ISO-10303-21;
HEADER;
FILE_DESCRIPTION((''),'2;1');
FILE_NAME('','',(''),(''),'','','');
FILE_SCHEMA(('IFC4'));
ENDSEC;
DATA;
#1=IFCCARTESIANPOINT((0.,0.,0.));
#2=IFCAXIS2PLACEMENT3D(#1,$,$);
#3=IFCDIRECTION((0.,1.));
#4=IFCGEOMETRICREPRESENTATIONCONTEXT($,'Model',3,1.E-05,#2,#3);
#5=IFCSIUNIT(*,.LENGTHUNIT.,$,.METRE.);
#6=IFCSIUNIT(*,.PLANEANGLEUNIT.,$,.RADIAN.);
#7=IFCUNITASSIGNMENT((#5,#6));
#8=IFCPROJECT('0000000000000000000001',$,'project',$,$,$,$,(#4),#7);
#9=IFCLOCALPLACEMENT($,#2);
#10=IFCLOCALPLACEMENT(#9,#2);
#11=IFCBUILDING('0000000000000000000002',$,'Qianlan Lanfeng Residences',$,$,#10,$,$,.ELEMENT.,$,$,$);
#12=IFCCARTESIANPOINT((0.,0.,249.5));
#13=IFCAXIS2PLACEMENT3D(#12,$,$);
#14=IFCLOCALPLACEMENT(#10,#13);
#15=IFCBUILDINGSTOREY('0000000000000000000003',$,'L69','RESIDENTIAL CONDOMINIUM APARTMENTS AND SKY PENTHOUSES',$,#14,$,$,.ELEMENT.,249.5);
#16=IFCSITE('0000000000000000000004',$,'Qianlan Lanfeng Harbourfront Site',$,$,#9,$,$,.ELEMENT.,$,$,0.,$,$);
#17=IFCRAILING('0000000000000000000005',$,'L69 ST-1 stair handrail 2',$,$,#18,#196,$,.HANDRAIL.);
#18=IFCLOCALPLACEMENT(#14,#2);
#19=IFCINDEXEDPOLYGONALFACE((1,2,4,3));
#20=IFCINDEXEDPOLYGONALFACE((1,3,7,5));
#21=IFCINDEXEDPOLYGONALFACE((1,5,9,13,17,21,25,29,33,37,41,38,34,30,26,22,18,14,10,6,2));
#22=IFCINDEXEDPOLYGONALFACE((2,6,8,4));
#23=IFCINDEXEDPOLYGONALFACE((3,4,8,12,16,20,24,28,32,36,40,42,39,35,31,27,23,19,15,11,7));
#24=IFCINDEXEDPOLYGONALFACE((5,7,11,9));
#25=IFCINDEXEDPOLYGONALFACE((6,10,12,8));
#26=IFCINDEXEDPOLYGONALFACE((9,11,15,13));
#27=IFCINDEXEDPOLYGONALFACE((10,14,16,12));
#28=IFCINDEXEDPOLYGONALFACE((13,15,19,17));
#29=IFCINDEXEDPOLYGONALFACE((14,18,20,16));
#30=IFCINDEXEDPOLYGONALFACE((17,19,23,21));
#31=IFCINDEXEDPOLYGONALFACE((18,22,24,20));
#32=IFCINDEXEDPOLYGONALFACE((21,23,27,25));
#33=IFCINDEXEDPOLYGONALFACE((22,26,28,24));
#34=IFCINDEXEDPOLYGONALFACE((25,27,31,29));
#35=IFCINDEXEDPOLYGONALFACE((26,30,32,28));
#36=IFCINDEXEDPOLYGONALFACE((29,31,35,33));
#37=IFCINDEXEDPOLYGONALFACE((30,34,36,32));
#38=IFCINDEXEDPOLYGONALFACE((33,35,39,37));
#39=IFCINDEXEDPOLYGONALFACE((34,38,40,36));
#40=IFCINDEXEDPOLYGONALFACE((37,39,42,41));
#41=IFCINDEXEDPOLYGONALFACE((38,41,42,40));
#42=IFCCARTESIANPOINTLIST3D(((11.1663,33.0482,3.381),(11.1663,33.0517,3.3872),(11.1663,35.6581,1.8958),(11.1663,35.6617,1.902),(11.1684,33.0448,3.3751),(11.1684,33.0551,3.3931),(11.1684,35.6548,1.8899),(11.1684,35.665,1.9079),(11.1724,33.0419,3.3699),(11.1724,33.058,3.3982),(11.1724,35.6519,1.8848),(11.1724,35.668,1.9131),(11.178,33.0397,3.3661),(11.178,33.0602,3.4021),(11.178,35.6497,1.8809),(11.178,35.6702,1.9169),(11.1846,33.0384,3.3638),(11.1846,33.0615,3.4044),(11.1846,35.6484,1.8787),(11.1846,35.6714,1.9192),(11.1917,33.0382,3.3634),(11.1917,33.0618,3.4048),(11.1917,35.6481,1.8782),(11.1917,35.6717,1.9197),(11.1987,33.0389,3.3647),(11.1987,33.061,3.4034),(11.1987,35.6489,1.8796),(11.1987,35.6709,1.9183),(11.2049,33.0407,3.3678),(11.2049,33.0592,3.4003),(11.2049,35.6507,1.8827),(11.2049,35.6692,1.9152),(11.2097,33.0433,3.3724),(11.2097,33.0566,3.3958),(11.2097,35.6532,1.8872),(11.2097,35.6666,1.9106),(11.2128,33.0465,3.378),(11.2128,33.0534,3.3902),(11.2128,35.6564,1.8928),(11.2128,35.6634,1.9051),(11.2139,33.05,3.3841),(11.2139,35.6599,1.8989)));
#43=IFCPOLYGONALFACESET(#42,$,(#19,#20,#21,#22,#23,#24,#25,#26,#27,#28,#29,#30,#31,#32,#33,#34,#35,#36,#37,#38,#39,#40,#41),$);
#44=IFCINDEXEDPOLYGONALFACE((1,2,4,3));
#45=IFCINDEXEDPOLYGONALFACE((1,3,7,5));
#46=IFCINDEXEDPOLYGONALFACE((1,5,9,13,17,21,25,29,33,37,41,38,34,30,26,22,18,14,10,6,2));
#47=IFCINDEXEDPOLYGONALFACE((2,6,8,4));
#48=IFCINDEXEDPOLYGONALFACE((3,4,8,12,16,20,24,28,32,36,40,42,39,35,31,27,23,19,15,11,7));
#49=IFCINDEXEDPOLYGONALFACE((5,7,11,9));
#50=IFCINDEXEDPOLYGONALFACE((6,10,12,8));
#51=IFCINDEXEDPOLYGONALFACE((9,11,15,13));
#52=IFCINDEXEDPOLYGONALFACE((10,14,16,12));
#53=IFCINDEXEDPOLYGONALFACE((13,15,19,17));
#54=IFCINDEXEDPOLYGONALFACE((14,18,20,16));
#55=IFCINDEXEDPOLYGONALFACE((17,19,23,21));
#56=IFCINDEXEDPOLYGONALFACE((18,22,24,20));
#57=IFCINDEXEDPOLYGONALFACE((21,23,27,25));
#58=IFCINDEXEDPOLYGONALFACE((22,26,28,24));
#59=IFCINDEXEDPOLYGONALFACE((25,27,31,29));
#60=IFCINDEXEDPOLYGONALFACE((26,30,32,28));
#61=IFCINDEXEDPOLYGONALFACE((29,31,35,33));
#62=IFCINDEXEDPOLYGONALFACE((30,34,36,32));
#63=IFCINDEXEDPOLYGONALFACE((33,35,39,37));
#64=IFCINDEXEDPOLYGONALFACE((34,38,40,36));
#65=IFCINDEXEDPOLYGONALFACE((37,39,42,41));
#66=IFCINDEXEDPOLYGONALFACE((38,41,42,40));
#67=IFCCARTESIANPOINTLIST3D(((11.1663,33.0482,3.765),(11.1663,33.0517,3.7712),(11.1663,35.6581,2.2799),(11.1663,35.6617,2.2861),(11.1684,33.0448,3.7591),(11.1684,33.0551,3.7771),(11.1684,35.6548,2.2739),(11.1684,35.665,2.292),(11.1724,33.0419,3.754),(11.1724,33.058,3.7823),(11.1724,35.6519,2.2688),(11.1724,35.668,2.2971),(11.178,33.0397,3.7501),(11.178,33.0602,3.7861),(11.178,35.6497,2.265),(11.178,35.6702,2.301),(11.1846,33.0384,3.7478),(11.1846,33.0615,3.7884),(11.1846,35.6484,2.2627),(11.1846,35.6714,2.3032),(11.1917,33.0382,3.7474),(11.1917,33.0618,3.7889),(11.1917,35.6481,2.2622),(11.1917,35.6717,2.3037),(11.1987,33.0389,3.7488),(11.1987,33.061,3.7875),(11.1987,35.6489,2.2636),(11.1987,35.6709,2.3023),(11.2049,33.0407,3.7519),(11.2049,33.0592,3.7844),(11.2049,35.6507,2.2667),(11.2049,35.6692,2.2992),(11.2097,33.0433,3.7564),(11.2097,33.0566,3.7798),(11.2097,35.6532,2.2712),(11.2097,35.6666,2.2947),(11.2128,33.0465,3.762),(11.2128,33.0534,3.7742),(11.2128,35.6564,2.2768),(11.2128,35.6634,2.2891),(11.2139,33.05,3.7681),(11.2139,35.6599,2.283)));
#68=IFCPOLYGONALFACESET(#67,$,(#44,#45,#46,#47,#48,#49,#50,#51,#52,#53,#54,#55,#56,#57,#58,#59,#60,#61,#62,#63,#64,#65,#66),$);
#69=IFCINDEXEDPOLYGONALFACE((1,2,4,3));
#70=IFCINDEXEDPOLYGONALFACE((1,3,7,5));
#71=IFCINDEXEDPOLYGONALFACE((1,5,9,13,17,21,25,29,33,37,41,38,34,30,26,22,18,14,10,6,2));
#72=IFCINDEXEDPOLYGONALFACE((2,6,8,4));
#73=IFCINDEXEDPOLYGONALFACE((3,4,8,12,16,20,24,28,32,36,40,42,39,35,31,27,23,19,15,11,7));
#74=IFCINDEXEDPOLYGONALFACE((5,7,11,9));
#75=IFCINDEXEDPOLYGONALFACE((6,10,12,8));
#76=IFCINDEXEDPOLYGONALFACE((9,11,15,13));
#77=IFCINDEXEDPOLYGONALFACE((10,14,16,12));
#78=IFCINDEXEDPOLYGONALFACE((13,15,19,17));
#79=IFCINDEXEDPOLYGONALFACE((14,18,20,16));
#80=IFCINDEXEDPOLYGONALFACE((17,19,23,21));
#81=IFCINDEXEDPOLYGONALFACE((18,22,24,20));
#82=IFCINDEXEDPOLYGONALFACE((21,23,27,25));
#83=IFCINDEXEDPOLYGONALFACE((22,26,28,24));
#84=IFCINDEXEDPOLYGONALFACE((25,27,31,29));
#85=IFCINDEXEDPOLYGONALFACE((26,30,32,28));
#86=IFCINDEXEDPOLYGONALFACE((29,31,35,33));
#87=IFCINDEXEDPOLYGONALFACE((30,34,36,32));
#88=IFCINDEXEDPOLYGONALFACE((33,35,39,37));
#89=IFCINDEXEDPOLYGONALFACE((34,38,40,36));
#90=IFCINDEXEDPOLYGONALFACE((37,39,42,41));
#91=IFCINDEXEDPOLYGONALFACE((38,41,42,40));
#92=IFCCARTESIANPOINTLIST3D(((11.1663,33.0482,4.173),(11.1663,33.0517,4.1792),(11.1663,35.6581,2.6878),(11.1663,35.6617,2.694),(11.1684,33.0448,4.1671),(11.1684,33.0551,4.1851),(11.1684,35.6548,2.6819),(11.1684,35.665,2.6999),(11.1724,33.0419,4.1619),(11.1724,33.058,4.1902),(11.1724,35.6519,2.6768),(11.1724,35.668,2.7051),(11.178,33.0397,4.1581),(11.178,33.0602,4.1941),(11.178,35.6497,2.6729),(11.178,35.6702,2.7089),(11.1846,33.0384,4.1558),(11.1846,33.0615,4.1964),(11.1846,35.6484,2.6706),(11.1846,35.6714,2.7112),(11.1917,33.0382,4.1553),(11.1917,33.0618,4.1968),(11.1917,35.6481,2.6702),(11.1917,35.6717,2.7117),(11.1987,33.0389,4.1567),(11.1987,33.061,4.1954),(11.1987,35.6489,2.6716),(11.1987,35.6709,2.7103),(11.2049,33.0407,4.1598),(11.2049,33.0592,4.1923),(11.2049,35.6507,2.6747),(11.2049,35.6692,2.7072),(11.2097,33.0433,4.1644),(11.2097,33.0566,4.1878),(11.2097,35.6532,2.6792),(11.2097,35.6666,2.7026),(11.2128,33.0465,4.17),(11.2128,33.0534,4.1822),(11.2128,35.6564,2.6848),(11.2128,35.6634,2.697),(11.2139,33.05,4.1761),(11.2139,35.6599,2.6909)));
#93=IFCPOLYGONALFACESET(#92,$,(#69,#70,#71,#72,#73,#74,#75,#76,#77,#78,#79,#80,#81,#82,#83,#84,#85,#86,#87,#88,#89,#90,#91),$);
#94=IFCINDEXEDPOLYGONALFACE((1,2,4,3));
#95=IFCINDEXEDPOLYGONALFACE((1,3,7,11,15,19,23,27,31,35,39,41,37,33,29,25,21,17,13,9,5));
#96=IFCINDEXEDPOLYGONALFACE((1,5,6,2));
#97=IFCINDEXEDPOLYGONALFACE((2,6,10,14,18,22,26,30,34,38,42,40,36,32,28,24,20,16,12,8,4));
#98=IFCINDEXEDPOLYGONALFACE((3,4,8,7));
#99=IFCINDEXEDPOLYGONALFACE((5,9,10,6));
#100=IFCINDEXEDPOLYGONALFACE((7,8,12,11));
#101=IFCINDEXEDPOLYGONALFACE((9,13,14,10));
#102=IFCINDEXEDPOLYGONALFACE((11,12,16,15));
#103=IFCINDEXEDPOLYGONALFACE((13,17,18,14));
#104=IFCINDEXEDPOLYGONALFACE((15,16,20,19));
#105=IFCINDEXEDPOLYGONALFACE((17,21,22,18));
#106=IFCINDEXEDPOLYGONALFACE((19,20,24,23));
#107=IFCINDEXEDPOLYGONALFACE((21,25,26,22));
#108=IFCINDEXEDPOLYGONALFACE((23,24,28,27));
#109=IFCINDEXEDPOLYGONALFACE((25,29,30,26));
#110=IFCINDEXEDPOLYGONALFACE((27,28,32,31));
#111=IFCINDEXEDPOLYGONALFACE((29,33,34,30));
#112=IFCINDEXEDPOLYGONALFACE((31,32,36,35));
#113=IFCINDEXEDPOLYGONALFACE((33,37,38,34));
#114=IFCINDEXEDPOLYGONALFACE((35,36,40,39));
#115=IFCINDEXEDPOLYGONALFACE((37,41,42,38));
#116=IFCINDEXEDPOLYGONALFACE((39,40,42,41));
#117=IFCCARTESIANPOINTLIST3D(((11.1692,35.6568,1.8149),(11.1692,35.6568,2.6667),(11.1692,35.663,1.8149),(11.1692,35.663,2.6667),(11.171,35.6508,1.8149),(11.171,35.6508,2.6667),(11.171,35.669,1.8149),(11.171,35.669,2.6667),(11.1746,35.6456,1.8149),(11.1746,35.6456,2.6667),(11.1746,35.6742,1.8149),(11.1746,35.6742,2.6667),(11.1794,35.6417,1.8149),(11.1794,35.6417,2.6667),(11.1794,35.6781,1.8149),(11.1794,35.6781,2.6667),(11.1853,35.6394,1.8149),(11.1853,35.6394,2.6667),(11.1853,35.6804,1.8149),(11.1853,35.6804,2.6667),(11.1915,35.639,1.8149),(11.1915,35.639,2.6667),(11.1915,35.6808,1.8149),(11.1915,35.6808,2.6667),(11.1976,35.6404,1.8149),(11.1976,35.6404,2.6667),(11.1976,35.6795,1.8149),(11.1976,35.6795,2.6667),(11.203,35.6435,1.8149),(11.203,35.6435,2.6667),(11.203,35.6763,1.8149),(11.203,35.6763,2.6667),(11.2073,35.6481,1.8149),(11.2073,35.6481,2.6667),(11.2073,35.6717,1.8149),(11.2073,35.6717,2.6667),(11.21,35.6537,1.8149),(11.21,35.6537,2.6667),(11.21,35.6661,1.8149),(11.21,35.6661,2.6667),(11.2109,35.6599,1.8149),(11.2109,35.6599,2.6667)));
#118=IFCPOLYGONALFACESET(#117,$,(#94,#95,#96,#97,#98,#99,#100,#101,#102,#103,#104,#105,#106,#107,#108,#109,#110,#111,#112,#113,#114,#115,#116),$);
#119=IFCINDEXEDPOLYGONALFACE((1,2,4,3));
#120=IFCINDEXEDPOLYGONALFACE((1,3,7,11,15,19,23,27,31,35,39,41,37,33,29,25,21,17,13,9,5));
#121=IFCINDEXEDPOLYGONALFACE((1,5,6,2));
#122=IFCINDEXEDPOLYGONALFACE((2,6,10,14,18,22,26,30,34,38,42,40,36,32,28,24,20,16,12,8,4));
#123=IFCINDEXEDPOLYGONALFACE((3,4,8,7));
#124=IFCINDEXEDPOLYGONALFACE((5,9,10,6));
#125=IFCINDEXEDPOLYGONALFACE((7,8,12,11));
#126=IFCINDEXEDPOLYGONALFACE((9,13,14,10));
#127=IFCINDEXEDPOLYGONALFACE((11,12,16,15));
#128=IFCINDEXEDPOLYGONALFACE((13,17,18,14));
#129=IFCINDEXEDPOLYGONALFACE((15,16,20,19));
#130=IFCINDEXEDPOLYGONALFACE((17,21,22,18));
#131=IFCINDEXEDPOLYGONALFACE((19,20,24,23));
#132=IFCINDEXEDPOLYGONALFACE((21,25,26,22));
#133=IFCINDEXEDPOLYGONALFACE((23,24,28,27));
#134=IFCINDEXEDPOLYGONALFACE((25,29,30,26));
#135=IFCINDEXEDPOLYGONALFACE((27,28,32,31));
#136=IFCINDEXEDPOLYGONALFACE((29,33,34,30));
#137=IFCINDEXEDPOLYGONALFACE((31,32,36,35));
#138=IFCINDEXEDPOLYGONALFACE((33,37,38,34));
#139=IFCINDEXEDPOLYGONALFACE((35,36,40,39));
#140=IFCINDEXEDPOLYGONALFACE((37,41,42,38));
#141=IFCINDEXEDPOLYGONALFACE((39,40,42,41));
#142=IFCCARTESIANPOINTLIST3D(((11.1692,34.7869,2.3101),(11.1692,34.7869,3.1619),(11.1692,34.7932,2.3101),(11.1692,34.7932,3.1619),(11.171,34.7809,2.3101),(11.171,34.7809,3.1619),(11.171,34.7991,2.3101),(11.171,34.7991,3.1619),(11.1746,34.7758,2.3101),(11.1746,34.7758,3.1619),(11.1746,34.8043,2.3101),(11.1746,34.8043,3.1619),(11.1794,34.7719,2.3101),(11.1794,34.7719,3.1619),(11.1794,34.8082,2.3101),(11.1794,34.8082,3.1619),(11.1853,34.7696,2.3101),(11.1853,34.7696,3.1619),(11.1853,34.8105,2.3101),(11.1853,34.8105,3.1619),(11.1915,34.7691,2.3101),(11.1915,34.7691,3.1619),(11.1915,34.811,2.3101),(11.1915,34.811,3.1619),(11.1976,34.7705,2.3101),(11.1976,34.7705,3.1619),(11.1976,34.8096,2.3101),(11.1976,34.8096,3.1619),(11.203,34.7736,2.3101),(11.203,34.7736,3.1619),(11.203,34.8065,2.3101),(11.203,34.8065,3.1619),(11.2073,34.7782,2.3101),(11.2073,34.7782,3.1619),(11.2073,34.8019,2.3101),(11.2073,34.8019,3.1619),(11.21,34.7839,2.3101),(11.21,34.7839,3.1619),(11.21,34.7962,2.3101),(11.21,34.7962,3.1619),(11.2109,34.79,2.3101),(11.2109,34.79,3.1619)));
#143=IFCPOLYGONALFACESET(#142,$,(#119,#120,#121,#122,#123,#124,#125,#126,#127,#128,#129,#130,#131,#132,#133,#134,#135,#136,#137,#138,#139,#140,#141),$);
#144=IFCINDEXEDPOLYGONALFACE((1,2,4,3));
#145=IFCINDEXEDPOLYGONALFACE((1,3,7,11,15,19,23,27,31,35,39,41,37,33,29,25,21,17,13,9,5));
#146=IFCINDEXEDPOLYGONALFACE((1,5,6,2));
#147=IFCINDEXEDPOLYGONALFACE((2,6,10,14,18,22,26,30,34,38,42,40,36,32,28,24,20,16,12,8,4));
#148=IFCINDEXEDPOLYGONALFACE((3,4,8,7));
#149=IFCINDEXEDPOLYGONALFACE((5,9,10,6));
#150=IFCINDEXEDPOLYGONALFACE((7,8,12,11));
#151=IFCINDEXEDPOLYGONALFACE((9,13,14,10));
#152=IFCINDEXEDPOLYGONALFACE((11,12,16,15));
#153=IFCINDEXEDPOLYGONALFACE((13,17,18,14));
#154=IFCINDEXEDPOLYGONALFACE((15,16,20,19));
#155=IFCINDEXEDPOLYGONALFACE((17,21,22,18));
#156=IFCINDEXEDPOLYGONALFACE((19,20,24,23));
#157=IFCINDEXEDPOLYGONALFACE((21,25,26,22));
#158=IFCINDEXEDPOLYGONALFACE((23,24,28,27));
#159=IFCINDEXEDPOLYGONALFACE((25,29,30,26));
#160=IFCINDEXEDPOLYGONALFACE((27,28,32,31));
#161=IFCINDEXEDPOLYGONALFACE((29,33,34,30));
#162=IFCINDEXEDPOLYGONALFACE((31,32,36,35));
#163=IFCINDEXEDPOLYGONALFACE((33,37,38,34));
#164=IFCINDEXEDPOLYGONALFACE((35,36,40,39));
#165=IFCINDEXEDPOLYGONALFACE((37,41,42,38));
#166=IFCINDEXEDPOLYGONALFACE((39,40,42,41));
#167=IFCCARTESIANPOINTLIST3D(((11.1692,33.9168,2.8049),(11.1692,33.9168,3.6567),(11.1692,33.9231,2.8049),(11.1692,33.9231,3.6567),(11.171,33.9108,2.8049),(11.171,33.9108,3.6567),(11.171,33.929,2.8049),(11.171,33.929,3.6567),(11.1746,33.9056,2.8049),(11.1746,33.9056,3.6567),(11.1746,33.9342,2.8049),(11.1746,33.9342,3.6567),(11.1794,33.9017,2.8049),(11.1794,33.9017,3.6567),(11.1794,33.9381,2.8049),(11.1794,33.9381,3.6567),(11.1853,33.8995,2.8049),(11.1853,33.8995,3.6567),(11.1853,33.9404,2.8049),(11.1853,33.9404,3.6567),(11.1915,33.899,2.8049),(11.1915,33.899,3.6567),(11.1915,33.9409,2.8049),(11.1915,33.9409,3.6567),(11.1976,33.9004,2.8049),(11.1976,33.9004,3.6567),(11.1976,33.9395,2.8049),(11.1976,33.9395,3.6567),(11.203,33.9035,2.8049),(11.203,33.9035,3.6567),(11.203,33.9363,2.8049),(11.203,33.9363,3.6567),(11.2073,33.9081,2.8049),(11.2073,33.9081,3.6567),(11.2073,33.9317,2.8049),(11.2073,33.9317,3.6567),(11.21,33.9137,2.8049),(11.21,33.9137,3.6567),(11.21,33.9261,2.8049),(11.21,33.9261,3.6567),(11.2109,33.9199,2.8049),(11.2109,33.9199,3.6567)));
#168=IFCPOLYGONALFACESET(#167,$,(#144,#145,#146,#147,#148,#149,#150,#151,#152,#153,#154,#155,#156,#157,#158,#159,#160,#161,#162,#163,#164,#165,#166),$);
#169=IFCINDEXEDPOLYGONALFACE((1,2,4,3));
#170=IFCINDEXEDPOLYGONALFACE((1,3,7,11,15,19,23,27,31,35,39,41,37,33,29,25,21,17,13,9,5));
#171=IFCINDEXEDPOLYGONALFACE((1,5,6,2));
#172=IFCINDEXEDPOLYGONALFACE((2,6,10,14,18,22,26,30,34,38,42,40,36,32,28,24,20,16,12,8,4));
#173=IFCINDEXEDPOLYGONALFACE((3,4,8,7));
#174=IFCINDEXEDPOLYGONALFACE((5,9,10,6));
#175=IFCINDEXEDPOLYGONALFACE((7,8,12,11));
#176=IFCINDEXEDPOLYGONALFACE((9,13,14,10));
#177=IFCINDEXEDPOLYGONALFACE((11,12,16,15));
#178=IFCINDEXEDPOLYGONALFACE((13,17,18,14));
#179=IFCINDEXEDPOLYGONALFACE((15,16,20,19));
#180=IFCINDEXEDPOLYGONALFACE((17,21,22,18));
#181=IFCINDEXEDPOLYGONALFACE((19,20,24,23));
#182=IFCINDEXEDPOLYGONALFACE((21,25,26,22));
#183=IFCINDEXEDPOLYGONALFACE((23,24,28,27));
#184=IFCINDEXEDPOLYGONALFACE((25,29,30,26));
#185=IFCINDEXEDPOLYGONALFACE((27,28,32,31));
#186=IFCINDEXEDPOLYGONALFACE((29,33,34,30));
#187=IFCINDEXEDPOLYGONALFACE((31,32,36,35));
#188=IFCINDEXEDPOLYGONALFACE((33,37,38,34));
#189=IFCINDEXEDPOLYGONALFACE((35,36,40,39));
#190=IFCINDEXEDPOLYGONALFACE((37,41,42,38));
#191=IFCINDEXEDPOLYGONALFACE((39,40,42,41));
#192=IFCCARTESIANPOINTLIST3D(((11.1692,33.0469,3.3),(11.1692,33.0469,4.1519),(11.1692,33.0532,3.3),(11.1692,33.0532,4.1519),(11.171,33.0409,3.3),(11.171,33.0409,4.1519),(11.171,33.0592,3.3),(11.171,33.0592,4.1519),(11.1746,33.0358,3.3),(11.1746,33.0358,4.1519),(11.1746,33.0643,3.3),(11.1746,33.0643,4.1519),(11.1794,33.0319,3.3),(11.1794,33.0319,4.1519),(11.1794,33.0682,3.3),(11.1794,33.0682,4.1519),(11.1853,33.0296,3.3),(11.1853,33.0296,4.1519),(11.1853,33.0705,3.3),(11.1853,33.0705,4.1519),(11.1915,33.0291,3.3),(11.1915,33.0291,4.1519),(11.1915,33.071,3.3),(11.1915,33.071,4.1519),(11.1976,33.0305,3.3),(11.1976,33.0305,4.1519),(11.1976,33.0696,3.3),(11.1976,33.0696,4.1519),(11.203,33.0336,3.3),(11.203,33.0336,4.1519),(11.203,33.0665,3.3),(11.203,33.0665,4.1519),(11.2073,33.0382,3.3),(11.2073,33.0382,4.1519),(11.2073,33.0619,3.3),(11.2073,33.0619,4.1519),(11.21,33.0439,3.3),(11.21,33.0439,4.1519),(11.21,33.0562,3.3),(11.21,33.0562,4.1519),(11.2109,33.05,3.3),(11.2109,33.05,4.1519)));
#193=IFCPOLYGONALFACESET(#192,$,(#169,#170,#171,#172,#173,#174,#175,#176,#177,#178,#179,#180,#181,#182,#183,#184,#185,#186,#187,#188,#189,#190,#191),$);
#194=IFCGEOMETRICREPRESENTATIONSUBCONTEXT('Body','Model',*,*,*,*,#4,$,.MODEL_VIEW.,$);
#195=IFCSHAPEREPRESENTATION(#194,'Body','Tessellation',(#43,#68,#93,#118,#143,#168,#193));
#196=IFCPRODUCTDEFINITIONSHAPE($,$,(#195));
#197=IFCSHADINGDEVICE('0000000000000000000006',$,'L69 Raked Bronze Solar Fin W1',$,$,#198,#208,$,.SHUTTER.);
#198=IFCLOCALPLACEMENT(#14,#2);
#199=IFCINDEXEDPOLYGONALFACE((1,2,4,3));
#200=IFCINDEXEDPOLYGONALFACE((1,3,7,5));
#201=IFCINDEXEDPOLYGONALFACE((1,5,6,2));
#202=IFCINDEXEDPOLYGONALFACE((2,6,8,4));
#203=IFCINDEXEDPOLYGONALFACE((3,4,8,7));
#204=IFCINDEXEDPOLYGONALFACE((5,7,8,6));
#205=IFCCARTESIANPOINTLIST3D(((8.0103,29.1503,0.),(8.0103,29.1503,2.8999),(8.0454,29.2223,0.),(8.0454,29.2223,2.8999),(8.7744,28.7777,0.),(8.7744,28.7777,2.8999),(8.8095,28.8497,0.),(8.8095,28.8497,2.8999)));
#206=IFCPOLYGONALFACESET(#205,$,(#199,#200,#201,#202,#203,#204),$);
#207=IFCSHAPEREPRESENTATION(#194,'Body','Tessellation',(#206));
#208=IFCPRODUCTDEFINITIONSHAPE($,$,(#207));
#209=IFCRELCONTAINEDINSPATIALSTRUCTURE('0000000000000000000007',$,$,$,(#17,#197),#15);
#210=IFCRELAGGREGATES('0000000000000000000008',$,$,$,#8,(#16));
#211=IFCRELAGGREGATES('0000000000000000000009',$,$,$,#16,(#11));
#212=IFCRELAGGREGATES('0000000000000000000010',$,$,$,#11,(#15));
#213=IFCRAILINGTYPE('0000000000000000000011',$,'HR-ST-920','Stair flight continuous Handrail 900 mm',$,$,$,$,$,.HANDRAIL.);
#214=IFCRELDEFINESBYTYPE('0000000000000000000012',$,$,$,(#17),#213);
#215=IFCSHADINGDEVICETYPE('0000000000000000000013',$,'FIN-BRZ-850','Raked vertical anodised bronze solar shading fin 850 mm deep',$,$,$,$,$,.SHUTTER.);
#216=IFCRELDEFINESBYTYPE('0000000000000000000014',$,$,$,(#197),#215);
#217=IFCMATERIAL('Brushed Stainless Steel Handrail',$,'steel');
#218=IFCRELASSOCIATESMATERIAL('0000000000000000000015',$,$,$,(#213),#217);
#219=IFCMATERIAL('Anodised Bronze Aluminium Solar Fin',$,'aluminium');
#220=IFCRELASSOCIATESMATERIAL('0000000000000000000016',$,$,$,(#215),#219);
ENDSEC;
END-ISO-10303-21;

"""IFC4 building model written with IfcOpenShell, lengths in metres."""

from ifc_helpers import new_model, si_unit, direction, frame, origin, origin_2d, place, context, subcontext, project, spatial, rectangle, circle, extrude, source, transform, mapped, material, type_object, element, save


model = new_model("IFC4")

# Units and contexts
model_context = context("Model", 3, precision=1e-05, world=origin(), true_north=direction((0.0, 1.0)))
body_context = subcontext(model_context, "Body", "Model", "MODEL_VIEW")
ifc_project = project(units=[si_unit("LENGTHUNIT", "METRE"), si_unit("PLANEANGLEUNIT", "RADIAN")], contexts=[model_context])

# Site, building, storey
site_placement = place(None, origin())
site = spatial("IfcSite", under=ifc_project, at=site_placement, Name="Qianlan Lanfeng Harbourfront Site", CompositionType="ELEMENT", RefElevation=0.0)
building_placement = place(site_placement, origin())
building = spatial("IfcBuilding", under=site, at=building_placement, Name="Qianlan Lanfeng Residences", CompositionType="ELEMENT")
storey_placement = place(building_placement, frame((0.0, 0.0, 249.5)))
storey = spatial("IfcBuildingStorey", under=building, at=storey_placement, Name="L69", Description="RESIDENTIAL CONDOMINIUM APARTMENTS AND SKY PENTHOUSES", CompositionType="ELEMENT", Elevation=249.5)

# Railing
ifc_material_1 = material(Name="Brushed Stainless Steel Handrail", Category="steel")
railing_type = type_object("IfcRailingType", Name="HR-ST-920", Description="Stair flight continuous Handrail 900 mm", PredefinedType="HANDRAIL", material=ifc_material_1)
railing_placement = place(storey_placement, frame((11.1899, 35.6599, 1.8149)))
element("IfcRailing", 1, at=railing_placement, inside=storey, type_object=railing_type, Name="L69 ST-1 stair handrail 2", PredefinedType="HANDRAIL", context=body_context, shape_type="SweptSolid", body=[
    extrude(circle(Radius=0.0239, at=origin_2d()), frame((0.0, 0.0, 0.084), z_axis=(0.0, -0.869137, 0.494571), x_axis=(1.0, 0.0, 0.0)), (0.0, 0.0, 1.0), 3.0029),
    extrude(circle(Radius=0.0239, at=origin_2d()), frame((0.0, 0.0, 0.468), z_axis=(0.0, -0.869137, 0.494571), x_axis=(1.0, 0.0, 0.0)), (0.0, 0.0, 1.0), 3.0029),
    extrude(circle(Radius=0.0239, at=origin_2d()), frame((0.0, 0.0, 0.876), z_axis=(0.0, -0.869137, 0.494571), x_axis=(1.0, 0.0, 0.0)), (0.0, 0.0, 1.0), 3.0029),
    extrude(circle(Radius=0.021, at=origin_2d()), origin(), (0.0, 0.0, 1.0), 0.8518),
    extrude(circle(Radius=0.021, at=origin_2d()), frame((0.0, -0.8699, 0.4951)), (0.0, 0.0, 1.0), 0.8518),
    extrude(circle(Radius=0.021, at=origin_2d()), frame((0.0, -1.74, 0.99)), (0.0, 0.0, 1.0), 0.8518),
    extrude(circle(Radius=0.021, at=origin_2d()), frame((0.0, -2.6099, 1.4851)), (0.0, 0.0, 1.0), 0.8518),
])

# Shading device
ifc_material_2 = material(Name="Anodised Bronze Aluminium Solar Fin", Category="aluminium")
shading_device_type = type_object("IfcShadingDeviceType", Name="FIN-BRZ-850", Description="Raked vertical anodised bronze solar shading fin 850 mm deep", PredefinedType="SHUTTER", material=ifc_material_2)
shared_shape_1 = source(origin(), body_context, "Body", "SweptSolid", [
    extrude(rectangle(XDim=0.8501, YDim=0.0801, at=origin_2d()), origin(), (0.0, 0.0, 1.0), 2.8999),
])
for number, where, z_axis, x_axis, name in (
    (2, (8.4099, 29.0, 0.0), (0.0, 0.0, 1.0), (0.898794, -0.438371, 0.0), "L69 Raked Bronze Solar Fin W1"),
):
    element("IfcShadingDevice", number, at=place(storey_placement, frame(where, z_axis=z_axis, x_axis=x_axis)), inside=storey, type_object=shading_device_type, Name=name, PredefinedType="SHUTTER", context=body_context, shape_type="MappedRepresentation", body=[
        mapped(shared_shape_1, transform((0.0, 0.0, 0.0), scale=1.0)),
    ])

save(model, "model.ifc")
